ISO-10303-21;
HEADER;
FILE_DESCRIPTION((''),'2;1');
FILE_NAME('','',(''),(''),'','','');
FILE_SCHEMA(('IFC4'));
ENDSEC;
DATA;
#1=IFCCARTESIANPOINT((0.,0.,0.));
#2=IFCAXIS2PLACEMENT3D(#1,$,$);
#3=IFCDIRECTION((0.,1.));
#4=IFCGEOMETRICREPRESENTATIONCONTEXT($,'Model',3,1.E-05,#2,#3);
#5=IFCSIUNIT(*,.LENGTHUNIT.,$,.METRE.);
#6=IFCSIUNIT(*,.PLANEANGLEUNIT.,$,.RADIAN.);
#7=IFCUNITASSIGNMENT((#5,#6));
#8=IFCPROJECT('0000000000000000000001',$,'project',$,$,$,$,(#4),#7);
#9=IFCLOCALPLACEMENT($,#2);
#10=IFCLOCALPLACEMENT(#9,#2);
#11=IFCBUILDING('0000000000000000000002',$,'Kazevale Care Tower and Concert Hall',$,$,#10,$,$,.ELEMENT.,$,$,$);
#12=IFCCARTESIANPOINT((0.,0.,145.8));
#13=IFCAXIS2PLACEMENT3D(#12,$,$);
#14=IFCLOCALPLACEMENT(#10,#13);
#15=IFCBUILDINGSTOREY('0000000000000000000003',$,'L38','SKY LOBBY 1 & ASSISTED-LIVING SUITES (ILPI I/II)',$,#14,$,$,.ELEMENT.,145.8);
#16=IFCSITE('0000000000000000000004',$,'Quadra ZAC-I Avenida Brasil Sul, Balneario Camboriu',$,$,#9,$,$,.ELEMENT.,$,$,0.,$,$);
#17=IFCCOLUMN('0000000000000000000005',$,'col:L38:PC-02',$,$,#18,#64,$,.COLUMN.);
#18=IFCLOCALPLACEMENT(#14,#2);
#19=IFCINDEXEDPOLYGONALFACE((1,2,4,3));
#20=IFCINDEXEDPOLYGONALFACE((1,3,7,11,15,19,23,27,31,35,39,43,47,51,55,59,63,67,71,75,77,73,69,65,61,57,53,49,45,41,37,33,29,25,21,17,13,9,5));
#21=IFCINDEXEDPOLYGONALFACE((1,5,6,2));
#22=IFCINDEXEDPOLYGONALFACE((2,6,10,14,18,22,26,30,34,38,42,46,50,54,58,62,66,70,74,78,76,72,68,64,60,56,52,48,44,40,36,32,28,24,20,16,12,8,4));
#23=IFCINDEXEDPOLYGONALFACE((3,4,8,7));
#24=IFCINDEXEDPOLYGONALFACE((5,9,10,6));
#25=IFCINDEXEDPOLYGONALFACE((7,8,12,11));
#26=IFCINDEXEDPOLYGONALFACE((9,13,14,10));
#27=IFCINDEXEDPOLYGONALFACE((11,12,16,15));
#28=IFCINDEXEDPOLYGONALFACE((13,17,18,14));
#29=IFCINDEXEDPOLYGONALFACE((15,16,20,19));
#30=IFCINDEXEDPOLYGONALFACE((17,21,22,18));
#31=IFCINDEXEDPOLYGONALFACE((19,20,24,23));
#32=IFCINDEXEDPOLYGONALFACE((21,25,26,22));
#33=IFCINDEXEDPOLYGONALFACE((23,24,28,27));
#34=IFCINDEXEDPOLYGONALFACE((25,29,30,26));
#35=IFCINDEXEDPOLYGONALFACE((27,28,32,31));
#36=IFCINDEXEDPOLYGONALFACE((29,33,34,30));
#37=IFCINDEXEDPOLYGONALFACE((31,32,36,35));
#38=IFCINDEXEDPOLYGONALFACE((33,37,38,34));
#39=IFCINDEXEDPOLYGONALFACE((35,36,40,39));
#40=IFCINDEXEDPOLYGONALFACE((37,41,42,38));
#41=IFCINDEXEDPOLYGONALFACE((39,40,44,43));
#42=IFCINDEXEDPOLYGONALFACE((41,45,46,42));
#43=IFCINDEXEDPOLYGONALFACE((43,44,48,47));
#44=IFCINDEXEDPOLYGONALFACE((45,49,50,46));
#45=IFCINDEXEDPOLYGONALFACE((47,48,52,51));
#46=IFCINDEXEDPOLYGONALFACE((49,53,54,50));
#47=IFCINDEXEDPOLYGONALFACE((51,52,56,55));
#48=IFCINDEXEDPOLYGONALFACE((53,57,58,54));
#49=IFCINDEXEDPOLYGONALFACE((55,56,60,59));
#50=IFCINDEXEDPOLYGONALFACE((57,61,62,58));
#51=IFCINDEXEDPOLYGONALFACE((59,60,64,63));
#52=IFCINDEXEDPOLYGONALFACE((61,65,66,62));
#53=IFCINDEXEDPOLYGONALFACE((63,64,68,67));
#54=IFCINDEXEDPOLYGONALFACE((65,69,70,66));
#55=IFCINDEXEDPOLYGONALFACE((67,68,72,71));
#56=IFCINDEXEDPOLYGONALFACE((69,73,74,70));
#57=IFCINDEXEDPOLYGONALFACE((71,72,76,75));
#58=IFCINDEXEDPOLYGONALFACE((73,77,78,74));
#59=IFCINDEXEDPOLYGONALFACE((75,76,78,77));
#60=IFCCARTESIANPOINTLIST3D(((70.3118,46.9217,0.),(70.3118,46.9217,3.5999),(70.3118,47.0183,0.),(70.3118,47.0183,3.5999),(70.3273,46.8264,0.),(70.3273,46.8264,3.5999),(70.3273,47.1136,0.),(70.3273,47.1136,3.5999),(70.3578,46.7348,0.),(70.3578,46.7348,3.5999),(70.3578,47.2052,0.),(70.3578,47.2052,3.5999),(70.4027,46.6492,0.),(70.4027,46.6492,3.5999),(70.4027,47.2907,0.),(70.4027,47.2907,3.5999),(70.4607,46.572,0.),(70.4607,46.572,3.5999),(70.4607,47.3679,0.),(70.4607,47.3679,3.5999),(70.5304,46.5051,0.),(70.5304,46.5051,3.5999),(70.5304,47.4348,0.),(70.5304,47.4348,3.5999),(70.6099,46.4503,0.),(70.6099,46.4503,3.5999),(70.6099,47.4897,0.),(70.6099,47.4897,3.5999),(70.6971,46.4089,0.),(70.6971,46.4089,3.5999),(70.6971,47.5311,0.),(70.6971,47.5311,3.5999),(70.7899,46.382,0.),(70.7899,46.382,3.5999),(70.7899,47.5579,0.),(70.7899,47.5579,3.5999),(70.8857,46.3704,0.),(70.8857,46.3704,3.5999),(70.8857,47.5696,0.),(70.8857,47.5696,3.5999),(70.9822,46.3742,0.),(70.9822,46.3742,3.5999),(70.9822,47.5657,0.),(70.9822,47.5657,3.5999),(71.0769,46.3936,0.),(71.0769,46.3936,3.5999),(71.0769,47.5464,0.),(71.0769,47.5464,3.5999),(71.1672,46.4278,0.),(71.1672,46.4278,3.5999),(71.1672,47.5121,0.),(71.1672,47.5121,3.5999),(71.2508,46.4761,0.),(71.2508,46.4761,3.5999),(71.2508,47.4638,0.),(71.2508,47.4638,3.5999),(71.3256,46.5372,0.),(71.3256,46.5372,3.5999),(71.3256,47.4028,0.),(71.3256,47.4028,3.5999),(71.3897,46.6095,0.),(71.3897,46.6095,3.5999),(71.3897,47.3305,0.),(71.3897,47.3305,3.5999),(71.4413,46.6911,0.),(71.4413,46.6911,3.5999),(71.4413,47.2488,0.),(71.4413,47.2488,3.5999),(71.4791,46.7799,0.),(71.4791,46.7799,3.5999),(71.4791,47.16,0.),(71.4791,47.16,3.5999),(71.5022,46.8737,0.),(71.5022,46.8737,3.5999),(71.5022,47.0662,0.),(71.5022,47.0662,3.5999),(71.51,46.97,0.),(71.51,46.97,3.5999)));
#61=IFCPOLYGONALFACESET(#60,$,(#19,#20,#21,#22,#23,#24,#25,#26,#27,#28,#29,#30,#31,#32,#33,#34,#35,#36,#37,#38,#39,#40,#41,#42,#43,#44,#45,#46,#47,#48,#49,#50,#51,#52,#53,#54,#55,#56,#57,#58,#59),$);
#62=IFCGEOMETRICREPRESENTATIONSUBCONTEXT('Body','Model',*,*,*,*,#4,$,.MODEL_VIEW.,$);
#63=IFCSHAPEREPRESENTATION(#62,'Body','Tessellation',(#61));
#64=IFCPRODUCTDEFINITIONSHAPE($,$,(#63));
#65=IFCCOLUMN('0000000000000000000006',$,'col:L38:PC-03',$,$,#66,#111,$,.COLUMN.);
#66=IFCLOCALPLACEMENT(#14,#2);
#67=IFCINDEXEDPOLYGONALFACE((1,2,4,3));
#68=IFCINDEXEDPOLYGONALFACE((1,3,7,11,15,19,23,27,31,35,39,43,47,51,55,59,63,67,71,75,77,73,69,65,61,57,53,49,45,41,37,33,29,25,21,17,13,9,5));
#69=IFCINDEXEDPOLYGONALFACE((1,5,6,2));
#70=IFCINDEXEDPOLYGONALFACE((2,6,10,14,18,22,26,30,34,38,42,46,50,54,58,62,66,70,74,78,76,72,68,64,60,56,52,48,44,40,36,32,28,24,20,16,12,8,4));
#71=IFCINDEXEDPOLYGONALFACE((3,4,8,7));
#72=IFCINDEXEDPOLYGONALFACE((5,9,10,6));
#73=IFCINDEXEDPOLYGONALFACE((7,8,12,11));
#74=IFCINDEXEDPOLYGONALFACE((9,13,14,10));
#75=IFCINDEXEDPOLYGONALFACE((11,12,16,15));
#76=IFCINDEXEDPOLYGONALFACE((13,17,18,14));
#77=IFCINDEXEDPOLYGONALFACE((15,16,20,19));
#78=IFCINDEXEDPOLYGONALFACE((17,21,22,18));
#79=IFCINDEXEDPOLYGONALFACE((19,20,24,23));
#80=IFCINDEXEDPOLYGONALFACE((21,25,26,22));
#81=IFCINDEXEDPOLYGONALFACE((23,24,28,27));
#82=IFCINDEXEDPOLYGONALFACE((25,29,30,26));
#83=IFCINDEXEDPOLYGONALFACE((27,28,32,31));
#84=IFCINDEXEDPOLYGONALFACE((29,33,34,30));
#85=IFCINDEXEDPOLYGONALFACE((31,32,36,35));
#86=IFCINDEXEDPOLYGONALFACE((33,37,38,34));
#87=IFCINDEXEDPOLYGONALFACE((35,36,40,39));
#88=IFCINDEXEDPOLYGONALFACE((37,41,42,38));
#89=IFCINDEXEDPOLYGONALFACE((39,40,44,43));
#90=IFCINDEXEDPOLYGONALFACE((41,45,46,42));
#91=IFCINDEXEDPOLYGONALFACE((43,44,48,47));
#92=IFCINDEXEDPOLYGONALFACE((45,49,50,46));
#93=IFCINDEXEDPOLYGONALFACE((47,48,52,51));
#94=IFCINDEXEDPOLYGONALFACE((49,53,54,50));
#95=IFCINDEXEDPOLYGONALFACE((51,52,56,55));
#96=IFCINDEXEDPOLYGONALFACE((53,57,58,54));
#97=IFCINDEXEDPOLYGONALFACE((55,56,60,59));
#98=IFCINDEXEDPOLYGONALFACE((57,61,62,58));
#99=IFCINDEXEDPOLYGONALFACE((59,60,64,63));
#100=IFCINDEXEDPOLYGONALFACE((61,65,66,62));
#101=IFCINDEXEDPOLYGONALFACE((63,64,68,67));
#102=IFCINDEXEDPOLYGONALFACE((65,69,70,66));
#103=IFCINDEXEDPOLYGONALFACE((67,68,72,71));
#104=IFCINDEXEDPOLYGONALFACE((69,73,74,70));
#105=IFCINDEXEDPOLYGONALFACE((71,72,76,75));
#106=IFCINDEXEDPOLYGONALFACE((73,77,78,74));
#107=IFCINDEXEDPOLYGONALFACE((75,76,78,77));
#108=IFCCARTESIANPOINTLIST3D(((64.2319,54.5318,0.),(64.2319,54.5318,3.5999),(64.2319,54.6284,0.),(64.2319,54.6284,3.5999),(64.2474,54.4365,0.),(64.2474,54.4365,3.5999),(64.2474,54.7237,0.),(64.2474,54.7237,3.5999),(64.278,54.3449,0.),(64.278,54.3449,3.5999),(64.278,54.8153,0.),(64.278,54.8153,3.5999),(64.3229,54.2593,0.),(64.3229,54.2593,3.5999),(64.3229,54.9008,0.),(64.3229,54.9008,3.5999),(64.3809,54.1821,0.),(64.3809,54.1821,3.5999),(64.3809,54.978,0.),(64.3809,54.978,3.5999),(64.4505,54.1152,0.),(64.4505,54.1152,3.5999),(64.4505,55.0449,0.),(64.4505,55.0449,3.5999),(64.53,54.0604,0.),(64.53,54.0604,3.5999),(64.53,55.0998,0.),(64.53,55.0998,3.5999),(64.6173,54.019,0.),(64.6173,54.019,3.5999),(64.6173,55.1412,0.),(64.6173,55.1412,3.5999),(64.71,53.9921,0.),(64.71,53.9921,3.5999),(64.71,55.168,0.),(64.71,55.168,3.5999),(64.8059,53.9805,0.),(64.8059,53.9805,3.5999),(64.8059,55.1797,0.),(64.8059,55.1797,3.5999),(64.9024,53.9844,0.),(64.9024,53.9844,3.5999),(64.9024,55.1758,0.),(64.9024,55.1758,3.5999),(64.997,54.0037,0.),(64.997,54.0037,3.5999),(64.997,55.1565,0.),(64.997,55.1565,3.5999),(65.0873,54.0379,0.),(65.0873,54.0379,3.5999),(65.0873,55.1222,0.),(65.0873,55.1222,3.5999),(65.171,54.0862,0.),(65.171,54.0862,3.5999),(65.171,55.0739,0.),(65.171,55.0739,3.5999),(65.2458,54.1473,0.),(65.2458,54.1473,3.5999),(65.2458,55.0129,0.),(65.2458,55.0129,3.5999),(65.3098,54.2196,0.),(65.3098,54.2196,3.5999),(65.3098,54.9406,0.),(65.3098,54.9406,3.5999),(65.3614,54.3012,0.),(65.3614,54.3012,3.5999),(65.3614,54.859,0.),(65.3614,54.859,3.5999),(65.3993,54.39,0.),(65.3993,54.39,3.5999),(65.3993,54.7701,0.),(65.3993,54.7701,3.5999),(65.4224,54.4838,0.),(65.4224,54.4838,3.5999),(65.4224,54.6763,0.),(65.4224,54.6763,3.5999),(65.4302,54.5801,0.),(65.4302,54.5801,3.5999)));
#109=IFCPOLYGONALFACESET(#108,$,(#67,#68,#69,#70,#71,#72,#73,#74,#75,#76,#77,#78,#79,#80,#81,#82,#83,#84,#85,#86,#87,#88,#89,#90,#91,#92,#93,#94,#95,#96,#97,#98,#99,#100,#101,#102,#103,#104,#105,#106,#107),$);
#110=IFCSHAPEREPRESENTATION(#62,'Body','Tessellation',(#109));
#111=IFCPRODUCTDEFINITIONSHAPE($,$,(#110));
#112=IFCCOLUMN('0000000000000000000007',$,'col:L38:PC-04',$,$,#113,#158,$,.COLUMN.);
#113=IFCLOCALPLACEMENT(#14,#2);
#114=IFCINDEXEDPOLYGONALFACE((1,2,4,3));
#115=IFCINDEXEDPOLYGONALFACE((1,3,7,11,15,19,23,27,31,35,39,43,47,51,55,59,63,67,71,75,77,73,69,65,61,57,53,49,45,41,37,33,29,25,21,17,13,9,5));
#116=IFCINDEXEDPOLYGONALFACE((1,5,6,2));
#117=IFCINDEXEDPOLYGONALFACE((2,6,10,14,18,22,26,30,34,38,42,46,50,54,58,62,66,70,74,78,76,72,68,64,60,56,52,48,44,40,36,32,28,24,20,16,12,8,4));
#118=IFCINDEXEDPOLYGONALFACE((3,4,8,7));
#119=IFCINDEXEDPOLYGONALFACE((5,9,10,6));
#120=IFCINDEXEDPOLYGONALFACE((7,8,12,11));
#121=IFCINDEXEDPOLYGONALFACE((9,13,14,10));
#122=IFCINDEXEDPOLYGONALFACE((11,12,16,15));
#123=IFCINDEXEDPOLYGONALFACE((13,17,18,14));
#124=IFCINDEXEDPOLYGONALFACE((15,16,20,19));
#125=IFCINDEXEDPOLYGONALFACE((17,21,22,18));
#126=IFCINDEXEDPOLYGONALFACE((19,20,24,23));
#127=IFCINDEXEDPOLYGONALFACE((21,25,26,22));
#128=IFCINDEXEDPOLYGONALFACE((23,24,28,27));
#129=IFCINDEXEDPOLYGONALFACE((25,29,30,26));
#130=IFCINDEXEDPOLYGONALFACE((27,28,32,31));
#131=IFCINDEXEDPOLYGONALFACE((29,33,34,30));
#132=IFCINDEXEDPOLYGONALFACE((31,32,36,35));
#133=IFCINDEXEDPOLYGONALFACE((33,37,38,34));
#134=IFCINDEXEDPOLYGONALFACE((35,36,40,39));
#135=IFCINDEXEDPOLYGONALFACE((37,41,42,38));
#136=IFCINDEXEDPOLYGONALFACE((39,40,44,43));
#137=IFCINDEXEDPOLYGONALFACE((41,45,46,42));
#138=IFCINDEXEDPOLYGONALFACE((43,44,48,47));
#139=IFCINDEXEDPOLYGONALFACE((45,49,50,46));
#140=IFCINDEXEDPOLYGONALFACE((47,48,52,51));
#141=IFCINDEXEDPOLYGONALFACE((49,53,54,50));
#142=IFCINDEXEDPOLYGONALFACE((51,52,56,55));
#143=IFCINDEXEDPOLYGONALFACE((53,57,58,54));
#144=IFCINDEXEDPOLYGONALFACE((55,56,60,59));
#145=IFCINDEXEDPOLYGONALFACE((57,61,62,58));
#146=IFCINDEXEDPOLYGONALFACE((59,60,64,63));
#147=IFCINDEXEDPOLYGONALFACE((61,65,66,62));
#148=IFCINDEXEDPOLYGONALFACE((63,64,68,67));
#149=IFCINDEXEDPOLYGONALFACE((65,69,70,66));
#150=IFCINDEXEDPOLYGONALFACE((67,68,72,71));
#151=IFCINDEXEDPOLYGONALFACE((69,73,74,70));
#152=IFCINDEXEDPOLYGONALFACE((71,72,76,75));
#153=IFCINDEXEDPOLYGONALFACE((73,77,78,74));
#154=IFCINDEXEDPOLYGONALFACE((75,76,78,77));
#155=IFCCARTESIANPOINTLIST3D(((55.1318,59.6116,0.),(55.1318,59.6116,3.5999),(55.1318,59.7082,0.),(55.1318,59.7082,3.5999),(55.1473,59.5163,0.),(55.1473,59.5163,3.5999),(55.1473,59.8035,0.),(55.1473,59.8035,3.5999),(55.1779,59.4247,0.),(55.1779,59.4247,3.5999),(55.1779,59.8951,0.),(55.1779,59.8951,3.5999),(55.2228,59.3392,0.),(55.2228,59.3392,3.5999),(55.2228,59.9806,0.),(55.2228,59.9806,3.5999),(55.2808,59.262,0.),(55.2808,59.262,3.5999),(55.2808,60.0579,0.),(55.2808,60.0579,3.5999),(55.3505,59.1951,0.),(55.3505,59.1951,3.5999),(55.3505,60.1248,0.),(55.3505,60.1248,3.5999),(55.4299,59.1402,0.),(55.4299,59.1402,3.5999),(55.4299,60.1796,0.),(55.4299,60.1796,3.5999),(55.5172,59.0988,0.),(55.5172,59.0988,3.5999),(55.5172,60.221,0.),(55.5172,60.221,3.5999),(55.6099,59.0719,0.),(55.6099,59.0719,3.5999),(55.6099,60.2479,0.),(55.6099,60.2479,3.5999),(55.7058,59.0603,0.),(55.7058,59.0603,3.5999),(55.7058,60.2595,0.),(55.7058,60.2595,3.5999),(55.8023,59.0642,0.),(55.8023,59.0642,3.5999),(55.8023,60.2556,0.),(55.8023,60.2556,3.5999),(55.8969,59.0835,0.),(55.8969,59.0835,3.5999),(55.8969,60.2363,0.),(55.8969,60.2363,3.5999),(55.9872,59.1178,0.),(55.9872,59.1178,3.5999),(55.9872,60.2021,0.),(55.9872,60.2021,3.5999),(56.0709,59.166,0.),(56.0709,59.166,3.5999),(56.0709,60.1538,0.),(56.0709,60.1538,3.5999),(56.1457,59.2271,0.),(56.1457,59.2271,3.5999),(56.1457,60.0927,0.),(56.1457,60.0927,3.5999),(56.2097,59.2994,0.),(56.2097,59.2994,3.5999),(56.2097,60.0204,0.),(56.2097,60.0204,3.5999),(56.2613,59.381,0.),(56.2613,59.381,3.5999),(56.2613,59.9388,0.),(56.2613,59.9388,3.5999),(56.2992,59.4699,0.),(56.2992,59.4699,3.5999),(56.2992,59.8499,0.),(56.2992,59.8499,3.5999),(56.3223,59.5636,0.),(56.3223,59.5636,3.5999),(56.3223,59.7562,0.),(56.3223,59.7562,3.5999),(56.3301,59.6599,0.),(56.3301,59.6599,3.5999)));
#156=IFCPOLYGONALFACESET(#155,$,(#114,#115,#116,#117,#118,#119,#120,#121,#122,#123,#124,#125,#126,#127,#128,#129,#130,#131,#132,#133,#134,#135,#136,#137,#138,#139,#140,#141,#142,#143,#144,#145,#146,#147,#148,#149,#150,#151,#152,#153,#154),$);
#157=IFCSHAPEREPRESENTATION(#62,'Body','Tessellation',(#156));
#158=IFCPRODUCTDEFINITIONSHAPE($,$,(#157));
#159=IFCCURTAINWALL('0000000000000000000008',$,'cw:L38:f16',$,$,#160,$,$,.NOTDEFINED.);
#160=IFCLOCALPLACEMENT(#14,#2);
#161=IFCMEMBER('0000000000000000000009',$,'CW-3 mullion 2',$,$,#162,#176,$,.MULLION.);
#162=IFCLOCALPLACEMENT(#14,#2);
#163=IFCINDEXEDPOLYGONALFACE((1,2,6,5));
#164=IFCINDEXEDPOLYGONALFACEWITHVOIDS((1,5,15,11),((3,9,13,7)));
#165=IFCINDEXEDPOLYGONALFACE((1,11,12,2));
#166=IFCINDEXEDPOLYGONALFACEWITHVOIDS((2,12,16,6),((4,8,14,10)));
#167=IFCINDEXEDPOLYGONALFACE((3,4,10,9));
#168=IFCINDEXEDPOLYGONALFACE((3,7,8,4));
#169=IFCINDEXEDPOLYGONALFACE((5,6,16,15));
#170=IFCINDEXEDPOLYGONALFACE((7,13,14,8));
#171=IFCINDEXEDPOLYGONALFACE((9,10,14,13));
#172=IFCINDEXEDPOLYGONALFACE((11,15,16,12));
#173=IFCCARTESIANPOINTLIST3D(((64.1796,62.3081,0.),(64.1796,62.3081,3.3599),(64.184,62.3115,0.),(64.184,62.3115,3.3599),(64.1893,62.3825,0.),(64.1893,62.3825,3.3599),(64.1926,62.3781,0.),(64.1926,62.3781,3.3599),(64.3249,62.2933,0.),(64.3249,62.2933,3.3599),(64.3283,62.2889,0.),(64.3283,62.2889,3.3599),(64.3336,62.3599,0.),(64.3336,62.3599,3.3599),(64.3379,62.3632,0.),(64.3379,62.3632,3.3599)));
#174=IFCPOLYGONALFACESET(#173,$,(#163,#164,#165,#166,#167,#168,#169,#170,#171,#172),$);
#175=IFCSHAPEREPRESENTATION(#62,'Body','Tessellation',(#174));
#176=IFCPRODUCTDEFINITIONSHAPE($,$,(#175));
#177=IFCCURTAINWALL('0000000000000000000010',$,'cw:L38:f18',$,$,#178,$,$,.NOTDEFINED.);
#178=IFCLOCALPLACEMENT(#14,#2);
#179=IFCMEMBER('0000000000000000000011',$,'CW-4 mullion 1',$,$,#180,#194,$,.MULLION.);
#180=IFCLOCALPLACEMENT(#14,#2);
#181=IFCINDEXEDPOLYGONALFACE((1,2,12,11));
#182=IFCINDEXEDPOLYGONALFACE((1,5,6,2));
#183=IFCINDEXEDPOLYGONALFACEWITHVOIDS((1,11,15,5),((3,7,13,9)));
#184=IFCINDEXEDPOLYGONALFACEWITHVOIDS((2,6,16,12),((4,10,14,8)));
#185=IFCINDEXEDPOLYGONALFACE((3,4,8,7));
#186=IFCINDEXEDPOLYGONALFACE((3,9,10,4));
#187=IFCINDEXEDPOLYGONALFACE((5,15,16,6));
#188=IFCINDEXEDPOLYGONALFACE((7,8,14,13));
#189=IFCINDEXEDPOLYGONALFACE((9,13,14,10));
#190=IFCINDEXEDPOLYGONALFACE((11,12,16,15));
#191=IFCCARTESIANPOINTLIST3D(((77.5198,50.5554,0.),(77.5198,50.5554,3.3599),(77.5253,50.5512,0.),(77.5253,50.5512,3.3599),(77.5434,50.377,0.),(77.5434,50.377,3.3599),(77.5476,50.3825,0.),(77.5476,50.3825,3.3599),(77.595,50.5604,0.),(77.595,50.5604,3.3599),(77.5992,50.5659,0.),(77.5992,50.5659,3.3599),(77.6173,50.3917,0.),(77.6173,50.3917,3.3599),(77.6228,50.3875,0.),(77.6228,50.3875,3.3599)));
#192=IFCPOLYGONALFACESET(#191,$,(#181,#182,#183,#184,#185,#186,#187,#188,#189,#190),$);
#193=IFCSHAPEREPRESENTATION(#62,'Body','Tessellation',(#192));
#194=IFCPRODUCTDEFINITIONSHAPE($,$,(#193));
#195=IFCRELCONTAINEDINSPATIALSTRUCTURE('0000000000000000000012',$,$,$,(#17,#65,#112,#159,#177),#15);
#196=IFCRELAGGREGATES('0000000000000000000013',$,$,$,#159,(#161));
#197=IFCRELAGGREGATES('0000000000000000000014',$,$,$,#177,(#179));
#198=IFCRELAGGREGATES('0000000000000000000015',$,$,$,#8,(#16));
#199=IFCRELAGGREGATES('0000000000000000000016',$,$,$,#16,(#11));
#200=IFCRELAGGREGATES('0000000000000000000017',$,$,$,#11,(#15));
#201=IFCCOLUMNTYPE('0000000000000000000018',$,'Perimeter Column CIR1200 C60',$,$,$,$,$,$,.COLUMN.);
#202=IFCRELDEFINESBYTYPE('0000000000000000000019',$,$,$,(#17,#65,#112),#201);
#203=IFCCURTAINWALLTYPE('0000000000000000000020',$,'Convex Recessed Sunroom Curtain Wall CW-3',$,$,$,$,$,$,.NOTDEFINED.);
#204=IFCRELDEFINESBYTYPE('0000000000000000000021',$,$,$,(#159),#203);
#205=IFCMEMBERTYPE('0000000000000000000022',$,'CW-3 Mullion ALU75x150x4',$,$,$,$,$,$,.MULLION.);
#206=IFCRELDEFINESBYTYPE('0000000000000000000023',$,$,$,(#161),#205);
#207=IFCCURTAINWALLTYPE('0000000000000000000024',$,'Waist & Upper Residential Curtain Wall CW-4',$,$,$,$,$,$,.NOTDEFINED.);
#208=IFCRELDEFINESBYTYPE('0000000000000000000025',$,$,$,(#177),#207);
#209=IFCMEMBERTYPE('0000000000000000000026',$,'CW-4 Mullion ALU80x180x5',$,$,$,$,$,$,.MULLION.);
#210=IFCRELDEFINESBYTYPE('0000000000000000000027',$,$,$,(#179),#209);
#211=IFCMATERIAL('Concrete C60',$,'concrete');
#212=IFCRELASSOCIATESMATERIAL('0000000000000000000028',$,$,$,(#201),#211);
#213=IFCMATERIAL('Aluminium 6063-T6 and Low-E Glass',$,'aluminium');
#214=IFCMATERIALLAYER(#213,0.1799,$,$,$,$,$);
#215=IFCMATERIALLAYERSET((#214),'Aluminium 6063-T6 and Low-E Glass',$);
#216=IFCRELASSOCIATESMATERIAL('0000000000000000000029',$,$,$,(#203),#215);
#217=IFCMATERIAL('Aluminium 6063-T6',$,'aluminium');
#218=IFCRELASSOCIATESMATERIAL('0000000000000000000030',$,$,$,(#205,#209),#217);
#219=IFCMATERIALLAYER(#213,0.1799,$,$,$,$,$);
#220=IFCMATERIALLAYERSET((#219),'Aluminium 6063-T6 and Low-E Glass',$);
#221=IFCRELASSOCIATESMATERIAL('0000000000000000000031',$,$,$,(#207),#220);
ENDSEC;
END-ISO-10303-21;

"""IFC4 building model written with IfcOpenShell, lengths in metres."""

from ifc_helpers import new_model, si_unit, direction, frame, origin, origin_2d, place, context, subcontext, project, spatial, hollow_rectangle, circle, extrude, material, layer, layer_set, material_profile, profile_set, type_object, element, aggregate, save


model = new_model("IFC4")

# Units and contexts
model_context = context("Model", 3, precision=1e-05, world=origin(), true_north=direction((0.0, 1.0)))
body_context = subcontext(model_context, "Body", "Model", "MODEL_VIEW")
ifc_project = project(units=[si_unit("LENGTHUNIT", "METRE"), si_unit("PLANEANGLEUNIT", "RADIAN")], contexts=[model_context])

# Site, building, storey
site_placement = place(None, origin())
site = spatial("IfcSite", under=ifc_project, at=site_placement, Name="Quadra ZAC-I Avenida Brasil Sul, Balneario Camboriu", CompositionType="ELEMENT", RefElevation=0.0)
building_placement = place(site_placement, origin())
building = spatial("IfcBuilding", under=site, at=building_placement, Name="Kazevale Care Tower and Concert Hall", CompositionType="ELEMENT")
storey_placement = place(building_placement, frame((0.0, 0.0, 145.8)))
storey = spatial("IfcBuildingStorey", under=building, at=storey_placement, Name="L38", Description="SKY LOBBY 1 & ASSISTED-LIVING SUITES (ILPI I/II)", CompositionType="ELEMENT", Elevation=145.8)

# Columns
ifc_material_1 = material(Name="Concrete C60", Category="concrete")
ifc_material_profile_1 = material_profile(ifc_material_1, circle(Radius=0.6001, at=origin_2d()), Name="RC-CIR1200")
ifc_profile_set_1 = profile_set([ifc_material_profile_1], Name="Concrete C60")
column_type = type_object("IfcColumnType", Name="Perimeter Column CIR1200 C60", PredefinedType="COLUMN", material=ifc_profile_set_1)
for number, where, z_axis, x_axis, name in (
    (1, (70.9099, 46.97, 0.0), (0.0, 0.0, 1.0), (1.0, 0.0, 0.0), "col:L38:PC-02"),
    (2, (64.8301, 54.5801, 0.0), (0.0, 0.0, 1.0), (1.0, 0.0, 0.0), "col:L38:PC-03"),
    (3, (55.73, 59.6599, 0.0), (0.0, 0.0, 1.0), (1.0, 0.0, 0.0), "col:L38:PC-04"),
):
    element("IfcColumn", number, at=place(storey_placement, frame(where, z_axis=z_axis, x_axis=x_axis)), inside=storey, type_object=column_type, Name=name, PredefinedType="COLUMN", context=body_context, shape_type="SweptSolid", body=[
        extrude(circle(Radius=0.6001, at=origin_2d()), origin(), (0.0, 0.0, 1.0), 3.5999),
    ])

# Curtain wall, member
ifc_material_2 = material(Name="Aluminium 6063-T6 and Low-E Glass", Category="aluminium")
ifc_layer_1 = layer(ifc_material_2, 0.1799)
ifc_layer_set_1 = layer_set([ifc_layer_1], Name="Aluminium 6063-T6 and Low-E Glass")
curtain_wall_type_1 = type_object("IfcCurtainWallType", Name="Convex Recessed Sunroom Curtain Wall CW-3", PredefinedType="NOTDEFINED", material=ifc_layer_set_1)
curtain_wall_1_placement = place(storey_placement, origin())
curtain_wall_1 = element("IfcCurtainWall", 4, at=curtain_wall_1_placement, inside=storey, type_object=curtain_wall_type_1, Name="cw:L38:f16", PredefinedType="NOTDEFINED")
ifc_material_3 = material(Name="Aluminium 6063-T6", Category="aluminium")
ifc_material_profile_2 = material_profile(ifc_material_3, hollow_rectangle(XDim=0.075, YDim=0.1499, WallThickness=0.0039, at=origin_2d()), Name="ALU75x150x4")
ifc_profile_set_2 = profile_set([ifc_material_profile_2], Name="Aluminium 6063-T6")
member_type_1 = type_object("IfcMemberType", Name="CW-3 Mullion ALU75x150x4", PredefinedType="MULLION", material=ifc_profile_set_2)
member_1_placement = place(storey_placement, frame((64.2588, 62.3357, 0.0), z_axis=(0.0, 0.0, 1.0), x_axis=(0.1283, 0.991735, 0.0)))
member_1 = element("IfcMember", 5, at=member_1_placement, type_object=member_type_1, Name="CW-3 mullion 2", PredefinedType="MULLION", context=body_context, shape_type="SweptSolid", body=[
    extrude(hollow_rectangle(XDim=0.075, YDim=0.1499, WallThickness=0.0039, at=origin_2d()), origin(), (0.0, 0.0, 1.0), 3.3599),
])
aggregate(curtain_wall_1, [member_1])

# Curtain wall, member
ifc_layer_2 = layer(ifc_material_2, 0.1799)
ifc_layer_set_2 = layer_set([ifc_layer_2], Name="Aluminium 6063-T6 and Low-E Glass")
curtain_wall_type_2 = type_object("IfcCurtainWallType", Name="Waist & Upper Residential Curtain Wall CW-4", PredefinedType="NOTDEFINED", material=ifc_layer_set_2)
curtain_wall_2_placement = place(storey_placement, origin())
curtain_wall_2 = element("IfcCurtainWall", 6, at=curtain_wall_2_placement, inside=storey, type_object=curtain_wall_type_2, Name="cw:L38:f18", PredefinedType="NOTDEFINED")
ifc_material_profile_3 = material_profile(ifc_material_3, hollow_rectangle(XDim=0.0801, YDim=0.1799, WallThickness=0.0049, at=origin_2d()), Name="ALU80x180x5")
ifc_profile_set_3 = profile_set([ifc_material_profile_3], Name="Aluminium 6063-T6")
member_type_2 = type_object("IfcMemberType", Name="CW-4 Mullion ALU80x180x5", PredefinedType="MULLION", material=ifc_profile_set_3)
member_2_placement = place(storey_placement, frame((77.5713, 50.4714, 0.0), z_axis=(0.0, 0.0, 1.0), x_axis=(0.991374, 0.131063, 0.0)))
member_2 = element("IfcMember", 7, at=member_2_placement, type_object=member_type_2, Name="CW-4 mullion 1", PredefinedType="MULLION", context=body_context, shape_type="SweptSolid", body=[
    extrude(hollow_rectangle(XDim=0.0801, YDim=0.1799, WallThickness=0.0049, at=origin_2d()), origin(), (0.0, 0.0, 1.0), 3.3599),
])

aggregate(curtain_wall_2, [member_2])

save(model, "model.ifc")
